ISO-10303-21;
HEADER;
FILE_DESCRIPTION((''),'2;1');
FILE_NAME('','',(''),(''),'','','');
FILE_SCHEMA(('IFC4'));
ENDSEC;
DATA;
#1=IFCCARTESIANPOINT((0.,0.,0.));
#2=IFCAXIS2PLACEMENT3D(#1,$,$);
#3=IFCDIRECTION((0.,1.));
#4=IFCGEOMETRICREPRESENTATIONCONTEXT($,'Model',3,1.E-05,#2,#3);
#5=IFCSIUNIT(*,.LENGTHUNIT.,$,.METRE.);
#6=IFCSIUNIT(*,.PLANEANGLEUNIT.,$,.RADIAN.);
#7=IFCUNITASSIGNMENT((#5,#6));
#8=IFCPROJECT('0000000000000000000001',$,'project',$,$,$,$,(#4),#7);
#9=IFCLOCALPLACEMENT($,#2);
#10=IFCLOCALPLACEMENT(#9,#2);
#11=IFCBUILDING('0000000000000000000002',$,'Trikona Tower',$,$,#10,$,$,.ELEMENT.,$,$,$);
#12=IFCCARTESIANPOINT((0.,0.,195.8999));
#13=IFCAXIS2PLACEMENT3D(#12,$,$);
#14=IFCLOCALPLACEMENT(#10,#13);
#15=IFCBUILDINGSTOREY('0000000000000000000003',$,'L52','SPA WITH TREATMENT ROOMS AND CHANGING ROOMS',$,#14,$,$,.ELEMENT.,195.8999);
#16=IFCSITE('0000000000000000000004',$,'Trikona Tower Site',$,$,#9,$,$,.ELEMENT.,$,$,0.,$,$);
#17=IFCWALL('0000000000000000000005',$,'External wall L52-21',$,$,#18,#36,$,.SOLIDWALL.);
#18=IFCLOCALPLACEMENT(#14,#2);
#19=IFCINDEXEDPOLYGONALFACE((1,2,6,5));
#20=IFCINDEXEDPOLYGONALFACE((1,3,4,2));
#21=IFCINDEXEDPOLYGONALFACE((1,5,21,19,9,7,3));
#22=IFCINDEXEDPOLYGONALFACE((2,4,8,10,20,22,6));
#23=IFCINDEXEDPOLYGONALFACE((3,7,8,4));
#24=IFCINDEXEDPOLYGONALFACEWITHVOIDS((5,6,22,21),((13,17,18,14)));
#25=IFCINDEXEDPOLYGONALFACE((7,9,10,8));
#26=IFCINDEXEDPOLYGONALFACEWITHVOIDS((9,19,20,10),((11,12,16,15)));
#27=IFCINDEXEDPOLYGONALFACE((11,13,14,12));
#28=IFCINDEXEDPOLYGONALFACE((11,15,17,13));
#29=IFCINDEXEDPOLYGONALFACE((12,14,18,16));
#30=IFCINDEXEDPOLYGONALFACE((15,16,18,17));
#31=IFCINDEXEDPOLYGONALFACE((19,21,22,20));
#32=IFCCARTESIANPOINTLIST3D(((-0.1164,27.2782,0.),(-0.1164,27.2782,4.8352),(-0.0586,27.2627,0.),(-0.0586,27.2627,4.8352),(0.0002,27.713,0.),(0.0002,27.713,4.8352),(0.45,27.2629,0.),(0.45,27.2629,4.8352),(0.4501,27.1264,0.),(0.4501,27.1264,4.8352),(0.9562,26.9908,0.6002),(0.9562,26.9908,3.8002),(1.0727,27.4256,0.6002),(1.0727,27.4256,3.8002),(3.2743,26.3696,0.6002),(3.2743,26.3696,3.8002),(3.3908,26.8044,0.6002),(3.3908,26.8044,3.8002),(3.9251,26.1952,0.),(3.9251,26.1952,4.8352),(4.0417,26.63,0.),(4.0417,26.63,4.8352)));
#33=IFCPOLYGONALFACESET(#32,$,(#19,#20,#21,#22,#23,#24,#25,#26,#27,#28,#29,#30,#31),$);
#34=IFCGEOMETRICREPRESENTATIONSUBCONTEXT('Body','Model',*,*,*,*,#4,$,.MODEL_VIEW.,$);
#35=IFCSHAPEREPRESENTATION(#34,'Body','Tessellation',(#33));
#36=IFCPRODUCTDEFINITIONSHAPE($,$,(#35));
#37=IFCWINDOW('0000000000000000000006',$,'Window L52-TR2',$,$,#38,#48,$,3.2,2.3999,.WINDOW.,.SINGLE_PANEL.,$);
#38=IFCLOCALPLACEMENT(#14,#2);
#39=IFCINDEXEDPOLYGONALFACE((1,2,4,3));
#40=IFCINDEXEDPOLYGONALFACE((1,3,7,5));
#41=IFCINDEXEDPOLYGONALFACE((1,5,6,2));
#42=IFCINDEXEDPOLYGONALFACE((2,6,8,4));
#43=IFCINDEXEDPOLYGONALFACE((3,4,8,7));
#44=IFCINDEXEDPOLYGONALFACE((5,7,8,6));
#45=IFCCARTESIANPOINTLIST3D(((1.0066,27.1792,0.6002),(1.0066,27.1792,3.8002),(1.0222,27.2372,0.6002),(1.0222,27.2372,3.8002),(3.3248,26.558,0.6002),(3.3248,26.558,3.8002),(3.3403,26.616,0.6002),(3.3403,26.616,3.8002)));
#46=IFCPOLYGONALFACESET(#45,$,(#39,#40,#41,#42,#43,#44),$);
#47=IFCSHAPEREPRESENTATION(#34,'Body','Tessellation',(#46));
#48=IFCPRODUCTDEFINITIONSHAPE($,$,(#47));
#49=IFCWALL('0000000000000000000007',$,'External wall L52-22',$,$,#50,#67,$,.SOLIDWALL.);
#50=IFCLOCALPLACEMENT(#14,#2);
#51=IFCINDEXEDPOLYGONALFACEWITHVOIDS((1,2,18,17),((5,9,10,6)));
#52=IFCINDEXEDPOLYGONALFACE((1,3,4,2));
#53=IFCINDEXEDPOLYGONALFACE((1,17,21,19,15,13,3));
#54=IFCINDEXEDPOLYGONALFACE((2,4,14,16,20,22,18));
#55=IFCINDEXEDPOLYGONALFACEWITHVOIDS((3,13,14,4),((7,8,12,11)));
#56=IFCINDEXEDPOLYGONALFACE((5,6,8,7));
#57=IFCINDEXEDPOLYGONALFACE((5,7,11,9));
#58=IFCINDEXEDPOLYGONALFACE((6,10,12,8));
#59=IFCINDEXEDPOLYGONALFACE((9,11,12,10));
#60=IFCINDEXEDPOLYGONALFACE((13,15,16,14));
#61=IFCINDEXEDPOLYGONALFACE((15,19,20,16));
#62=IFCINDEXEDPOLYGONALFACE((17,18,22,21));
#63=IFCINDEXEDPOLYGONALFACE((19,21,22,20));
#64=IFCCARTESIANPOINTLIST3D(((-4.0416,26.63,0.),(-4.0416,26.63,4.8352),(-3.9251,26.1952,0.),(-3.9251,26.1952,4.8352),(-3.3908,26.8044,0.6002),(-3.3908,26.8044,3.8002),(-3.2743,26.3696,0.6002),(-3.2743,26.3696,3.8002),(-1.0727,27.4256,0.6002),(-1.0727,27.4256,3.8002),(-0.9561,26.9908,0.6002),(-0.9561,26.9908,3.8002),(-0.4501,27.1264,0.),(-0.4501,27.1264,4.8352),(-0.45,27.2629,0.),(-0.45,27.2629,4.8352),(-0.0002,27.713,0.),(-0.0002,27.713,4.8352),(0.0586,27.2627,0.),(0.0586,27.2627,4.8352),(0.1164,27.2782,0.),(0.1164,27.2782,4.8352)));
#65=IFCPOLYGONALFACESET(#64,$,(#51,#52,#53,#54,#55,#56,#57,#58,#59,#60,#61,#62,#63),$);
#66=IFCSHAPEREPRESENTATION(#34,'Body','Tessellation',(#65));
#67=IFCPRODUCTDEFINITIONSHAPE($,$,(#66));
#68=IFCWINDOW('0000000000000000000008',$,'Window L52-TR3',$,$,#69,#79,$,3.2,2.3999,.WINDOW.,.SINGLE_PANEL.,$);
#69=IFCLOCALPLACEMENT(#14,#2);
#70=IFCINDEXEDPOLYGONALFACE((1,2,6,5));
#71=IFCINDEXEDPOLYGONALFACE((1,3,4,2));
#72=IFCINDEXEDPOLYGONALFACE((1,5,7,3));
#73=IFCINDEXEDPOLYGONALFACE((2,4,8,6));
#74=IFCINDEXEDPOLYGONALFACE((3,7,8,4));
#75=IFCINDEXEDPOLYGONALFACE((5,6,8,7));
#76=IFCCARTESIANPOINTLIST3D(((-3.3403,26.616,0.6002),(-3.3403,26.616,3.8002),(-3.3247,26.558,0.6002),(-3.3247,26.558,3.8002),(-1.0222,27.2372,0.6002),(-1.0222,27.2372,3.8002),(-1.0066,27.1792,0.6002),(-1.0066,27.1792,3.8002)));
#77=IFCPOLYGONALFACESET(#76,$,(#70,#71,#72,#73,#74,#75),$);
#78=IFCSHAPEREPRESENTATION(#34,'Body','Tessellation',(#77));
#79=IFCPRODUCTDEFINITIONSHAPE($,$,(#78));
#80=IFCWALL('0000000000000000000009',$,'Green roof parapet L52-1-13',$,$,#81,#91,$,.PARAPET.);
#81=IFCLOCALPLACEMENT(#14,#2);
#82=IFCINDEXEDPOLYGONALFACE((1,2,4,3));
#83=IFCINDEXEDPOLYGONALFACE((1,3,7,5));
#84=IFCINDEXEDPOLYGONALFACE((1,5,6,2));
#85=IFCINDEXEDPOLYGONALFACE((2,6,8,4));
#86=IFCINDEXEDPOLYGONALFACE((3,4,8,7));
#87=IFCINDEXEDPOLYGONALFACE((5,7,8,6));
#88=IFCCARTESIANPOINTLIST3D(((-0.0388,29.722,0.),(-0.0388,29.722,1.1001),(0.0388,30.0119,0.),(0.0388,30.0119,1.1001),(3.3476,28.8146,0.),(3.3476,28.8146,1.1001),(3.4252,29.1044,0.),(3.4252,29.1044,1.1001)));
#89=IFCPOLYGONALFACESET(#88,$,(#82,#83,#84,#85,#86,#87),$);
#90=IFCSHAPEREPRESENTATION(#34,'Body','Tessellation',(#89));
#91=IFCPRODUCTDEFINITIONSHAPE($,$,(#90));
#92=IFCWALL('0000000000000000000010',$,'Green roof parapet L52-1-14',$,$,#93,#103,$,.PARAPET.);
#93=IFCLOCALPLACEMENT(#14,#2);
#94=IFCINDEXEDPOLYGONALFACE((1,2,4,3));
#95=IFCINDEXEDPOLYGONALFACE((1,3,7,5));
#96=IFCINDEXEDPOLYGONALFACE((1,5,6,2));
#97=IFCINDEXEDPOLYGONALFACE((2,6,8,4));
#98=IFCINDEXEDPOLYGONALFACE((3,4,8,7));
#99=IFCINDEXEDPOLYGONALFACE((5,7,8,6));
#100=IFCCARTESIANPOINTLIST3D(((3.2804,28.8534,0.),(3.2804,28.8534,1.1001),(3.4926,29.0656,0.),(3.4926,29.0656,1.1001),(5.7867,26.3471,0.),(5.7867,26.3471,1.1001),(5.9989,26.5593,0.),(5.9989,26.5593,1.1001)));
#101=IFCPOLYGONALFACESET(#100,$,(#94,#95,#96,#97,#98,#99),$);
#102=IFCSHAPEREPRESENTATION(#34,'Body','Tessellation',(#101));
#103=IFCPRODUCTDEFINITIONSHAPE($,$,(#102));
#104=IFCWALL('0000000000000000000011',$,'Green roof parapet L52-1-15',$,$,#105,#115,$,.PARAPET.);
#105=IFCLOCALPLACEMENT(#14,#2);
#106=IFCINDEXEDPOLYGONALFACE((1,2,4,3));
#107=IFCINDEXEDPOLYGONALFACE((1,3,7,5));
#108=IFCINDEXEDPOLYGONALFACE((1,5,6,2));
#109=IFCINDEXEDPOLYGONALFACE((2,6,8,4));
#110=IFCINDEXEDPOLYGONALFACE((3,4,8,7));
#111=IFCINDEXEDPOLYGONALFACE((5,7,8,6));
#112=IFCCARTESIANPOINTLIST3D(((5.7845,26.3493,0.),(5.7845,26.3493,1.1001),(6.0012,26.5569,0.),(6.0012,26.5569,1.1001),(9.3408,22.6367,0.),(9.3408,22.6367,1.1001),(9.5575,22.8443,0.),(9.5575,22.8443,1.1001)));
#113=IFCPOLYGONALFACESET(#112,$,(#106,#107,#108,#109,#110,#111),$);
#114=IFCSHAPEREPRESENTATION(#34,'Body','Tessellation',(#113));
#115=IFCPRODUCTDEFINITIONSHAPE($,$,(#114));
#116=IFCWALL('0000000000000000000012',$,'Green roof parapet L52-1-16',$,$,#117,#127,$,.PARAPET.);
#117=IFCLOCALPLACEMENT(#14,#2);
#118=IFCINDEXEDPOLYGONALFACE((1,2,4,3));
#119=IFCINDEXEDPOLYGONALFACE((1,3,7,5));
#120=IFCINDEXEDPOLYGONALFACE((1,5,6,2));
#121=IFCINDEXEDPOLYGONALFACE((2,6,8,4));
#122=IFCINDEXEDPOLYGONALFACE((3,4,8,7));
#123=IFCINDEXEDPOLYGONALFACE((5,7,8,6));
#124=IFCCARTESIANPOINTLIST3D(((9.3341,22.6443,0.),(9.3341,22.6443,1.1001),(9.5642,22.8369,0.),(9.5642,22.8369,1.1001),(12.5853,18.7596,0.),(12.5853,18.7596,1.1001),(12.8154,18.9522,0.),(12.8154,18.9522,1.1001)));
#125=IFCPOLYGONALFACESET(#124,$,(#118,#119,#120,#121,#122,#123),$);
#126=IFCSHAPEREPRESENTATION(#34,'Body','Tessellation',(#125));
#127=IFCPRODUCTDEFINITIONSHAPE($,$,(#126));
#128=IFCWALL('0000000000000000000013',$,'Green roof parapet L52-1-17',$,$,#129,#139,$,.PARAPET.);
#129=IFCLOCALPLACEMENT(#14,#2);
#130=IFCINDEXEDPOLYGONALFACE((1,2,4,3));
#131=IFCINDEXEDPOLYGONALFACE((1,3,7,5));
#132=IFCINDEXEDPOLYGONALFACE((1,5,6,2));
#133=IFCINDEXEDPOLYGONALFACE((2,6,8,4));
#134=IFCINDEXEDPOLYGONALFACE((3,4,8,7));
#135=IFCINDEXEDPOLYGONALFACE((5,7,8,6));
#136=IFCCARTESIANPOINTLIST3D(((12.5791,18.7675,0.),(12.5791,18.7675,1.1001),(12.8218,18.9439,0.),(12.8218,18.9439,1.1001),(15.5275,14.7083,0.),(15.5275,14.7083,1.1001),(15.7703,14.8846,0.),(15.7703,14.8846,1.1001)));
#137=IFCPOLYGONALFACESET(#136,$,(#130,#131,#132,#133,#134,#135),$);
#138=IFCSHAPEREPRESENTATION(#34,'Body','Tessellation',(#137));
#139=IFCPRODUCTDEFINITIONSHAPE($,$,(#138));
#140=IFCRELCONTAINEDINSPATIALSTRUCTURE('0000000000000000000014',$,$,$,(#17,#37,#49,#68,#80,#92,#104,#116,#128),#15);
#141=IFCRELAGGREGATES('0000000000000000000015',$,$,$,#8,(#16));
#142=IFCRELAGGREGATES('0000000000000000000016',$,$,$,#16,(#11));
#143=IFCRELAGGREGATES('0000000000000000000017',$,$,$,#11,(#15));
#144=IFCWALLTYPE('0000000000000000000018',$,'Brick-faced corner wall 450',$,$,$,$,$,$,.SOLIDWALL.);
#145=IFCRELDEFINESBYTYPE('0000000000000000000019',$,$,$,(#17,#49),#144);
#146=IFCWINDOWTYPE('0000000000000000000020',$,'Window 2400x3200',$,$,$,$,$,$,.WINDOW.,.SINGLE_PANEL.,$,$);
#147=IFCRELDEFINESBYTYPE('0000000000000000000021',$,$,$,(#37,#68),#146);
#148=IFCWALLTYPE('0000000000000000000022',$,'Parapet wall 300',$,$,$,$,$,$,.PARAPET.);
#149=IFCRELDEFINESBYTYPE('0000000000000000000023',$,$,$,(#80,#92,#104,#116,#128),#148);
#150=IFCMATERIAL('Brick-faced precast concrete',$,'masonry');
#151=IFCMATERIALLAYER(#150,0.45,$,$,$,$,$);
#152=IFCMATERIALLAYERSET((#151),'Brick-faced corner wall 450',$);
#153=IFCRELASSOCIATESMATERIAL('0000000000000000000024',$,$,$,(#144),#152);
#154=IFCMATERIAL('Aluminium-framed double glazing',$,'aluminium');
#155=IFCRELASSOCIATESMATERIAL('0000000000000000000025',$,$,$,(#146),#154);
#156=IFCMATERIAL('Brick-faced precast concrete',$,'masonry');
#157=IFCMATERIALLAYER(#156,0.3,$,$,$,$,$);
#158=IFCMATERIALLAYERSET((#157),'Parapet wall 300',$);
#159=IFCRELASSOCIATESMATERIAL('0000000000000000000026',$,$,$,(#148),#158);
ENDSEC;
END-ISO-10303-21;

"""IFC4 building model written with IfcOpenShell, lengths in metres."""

from ifc_helpers import new_model, si_unit, direction, frame, frame_2d, origin, place, context, subcontext, project, spatial, polyline, rectangle, outline, extrude, material, layer, layer_set, type_object, element, fill, save


model = new_model("IFC4")

# Units and contexts
model_context = context("Model", 3, precision=1e-05, world=origin(), true_north=direction((0.0, 1.0)))
body_context = subcontext(model_context, "Body", "Model", "MODEL_VIEW")
ifc_project = project(units=[si_unit("LENGTHUNIT", "METRE"), si_unit("PLANEANGLEUNIT", "RADIAN")], contexts=[model_context])

# Site, building, storey
site_placement = place(None, origin())
site = spatial("IfcSite", under=ifc_project, at=site_placement, Name="Trikona Tower Site", CompositionType="ELEMENT", RefElevation=0.0)
building_placement = place(site_placement, origin())
building = spatial("IfcBuilding", under=site, at=building_placement, Name="Trikona Tower", CompositionType="ELEMENT")
storey_placement = place(building_placement, frame((0.0, 0.0, 195.8999)))
storey = spatial("IfcBuildingStorey", under=building, at=storey_placement, Name="L52", Description="SPA WITH TREATMENT ROOMS AND CHANGING ROOMS", CompositionType="ELEMENT", Elevation=195.8999)

# Walls, openings, windows
ifc_material_1 = material(Name="Brick-faced precast concrete", Category="masonry")
ifc_layer_1 = layer(ifc_material_1, 0.45)
ifc_layer_set_1 = layer_set([ifc_layer_1], Name="Brick-faced corner wall 450")
wall_type_1 = type_object("IfcWallType", Name="Brick-faced corner wall 450", PredefinedType="SOLIDWALL", material=ifc_layer_set_1)
wall_1_placement = place(storey_placement, frame((3.9834, 26.4126, 0.0), z_axis=(0.0, 0.0, 1.0), x_axis=(-0.96592, 0.258839, 0.0)))
wall_1 = element("IfcWall", 1, at=wall_1_placement, inside=storey, type_object=wall_type_1, Name="External wall L52-21", PredefinedType="SOLIDWALL", context=body_context, shape_type="SweptSolid", body=[
    extrude(outline(polyline([(4.1841, 0.2251), (4.1243, 0.2251), (3.6331, 0.0933), (3.5977, 0.2251), (0.0, 0.2251), (0.0, -0.2251), (4.1841, -0.2251), (4.1841, 0.2251)])), origin(), (0.0, 0.0, 1.0), 4.8352),
])
opening_1_placement = place(wall_1_placement, frame((0.6738, 0.0, 0.6001)))
opening_1 = element("IfcOpeningElement", 2, at=opening_1_placement, cuts=wall_1, PredefinedType="OPENING", context=body_context, shape_type="SweptSolid", body=[
    extrude(rectangle(XDim=2.3999, YDim=3.2, at=frame_2d((1.2, 1.6001))), frame((0.0, 0.2349, 0.0), z_axis=(0.0, -1.0, 0.0), x_axis=(1.0, 0.0, 0.0)), (0.0, 0.0, 1.0), 0.47),
])
ifc_material_2 = material(Name="Aluminium-framed double glazing", Category="aluminium")
window_type_1 = type_object("IfcWindowType", Name="Window 2400x3200", PartitioningType="SINGLE_PANEL", PredefinedType="WINDOW", material=ifc_material_2)
window_1_placement = place(opening_1_placement, origin())
window_1 = element("IfcWindow", 3, at=window_1_placement, inside=storey, type_object=window_type_1, Name="Window L52-TR2", OverallHeight=3.2, OverallWidth=2.3999, PartitioningType="SINGLE_PANEL", PredefinedType="WINDOW", context=body_context, shape_type="SweptSolid", body=[
    extrude(rectangle(XDim=2.3999, YDim=3.2, at=frame_2d((1.2, 1.6001))), frame((0.0, 0.03, 0.0), z_axis=(0.0, -1.0, 0.0), x_axis=(1.0, 0.0, 0.0)), (0.0, 0.0, 1.0), 0.0601),
])
fill(opening_1, window_1)
wall_2_placement = place(storey_placement, frame((0.0581, 27.4956, 0.0), z_axis=(0.0, 0.0, 1.0), x_axis=(-0.96592, -0.258839, 0.0)))
wall_2 = element("IfcWall", 4, at=wall_2_placement, inside=storey, type_object=wall_type_1, Name="External wall L52-22", PredefinedType="SOLIDWALL", context=body_context, shape_type="SweptSolid", body=[
    extrude(outline(polyline([(4.1841, 0.2251), (0.5864, 0.2251), (0.551, 0.0933), (0.0598, 0.2251), (0.0, 0.2251), (0.0, -0.2251), (4.1841, -0.2251), (4.1841, 0.2251)])), origin(), (0.0, 0.0, 1.0), 4.8352),
])
opening_2_placement = place(wall_2_placement, frame((1.1104, 0.0, 0.6001)))
opening_2 = element("IfcOpeningElement", 5, at=opening_2_placement, cuts=wall_2, PredefinedType="OPENING", context=body_context, shape_type="SweptSolid", body=[
    extrude(rectangle(XDim=2.3999, YDim=3.2, at=frame_2d((1.2, 1.6001))), frame((0.0, 0.2349, 0.0), z_axis=(0.0, -1.0, 0.0), x_axis=(1.0, 0.0, 0.0)), (0.0, 0.0, 1.0), 0.47),
])
window_2_placement = place(opening_2_placement, origin())
window_2 = element("IfcWindow", 6, at=window_2_placement, inside=storey, type_object=window_type_1, Name="Window L52-TR3", OverallHeight=3.2, OverallWidth=2.3999, PartitioningType="SINGLE_PANEL", PredefinedType="WINDOW", context=body_context, shape_type="SweptSolid", body=[
    extrude(rectangle(XDim=2.3999, YDim=3.2, at=frame_2d((1.2, 1.6001))), frame((0.0, 0.03, 0.0), z_axis=(0.0, -1.0, 0.0), x_axis=(1.0, 0.0, 0.0)), (0.0, 0.0, 1.0), 0.0601),
])
fill(opening_2, window_2)

# Walls
ifc_material_3 = material(Name="Brick-faced precast concrete", Category="masonry")
ifc_layer_2 = layer(ifc_material_3, 0.3)
ifc_layer_set_2 = layer_set([ifc_layer_2], Name="Parapet wall 300")
wall_type_2 = type_object("IfcWallType", Name="Parapet wall 300", PredefinedType="PARAPET", material=ifc_layer_set_2)
wall_3_placement = place(storey_placement, frame((0.0, 29.8669, 0.0), z_axis=(0.0, 0.0, 1.0), x_axis=(0.965921, -0.258837, 0.0)))
element("IfcWall", 7, at=wall_3_placement, inside=storey, type_object=wall_type_2, Name="Green roof parapet L52-1-13", PredefinedType="PARAPET", context=body_context, shape_type="SweptSolid", body=[
    extrude(rectangle(XDim=3.5059, YDim=0.3, at=frame_2d((1.7529, 0.0))), origin(), (0.0, 0.0, 1.0), 1.1001),
])
wall_4_placement = place(storey_placement, frame((3.3865, 28.9595, 0.0), z_axis=(0.0, 0.0, 1.0), x_axis=(0.707107, -0.707107, 0.0)))
element("IfcWall", 8, at=wall_4_placement, inside=storey, type_object=wall_type_2, Name="Green roof parapet L52-1-14", PredefinedType="PARAPET", context=body_context, shape_type="SweptSolid", body=[
    extrude(rectangle(XDim=3.5444, YDim=0.3, at=frame_2d((1.7722, 0.0))), origin(), (0.0, 0.0, 1.0), 1.1001),
])
wall_5_placement = place(storey_placement, frame((5.8928, 26.4531, 0.0), z_axis=(0.0, 0.0, 1.0), x_axis=(0.691748, -0.722139, 0.0)))
element("IfcWall", 9, at=wall_5_placement, inside=storey, type_object=wall_type_2, Name="Green roof parapet L52-1-15", PredefinedType="PARAPET", context=body_context, shape_type="SweptSolid", body=[
    extrude(rectangle(XDim=5.1411, YDim=0.3, at=frame_2d((2.5706, 0.0))), origin(), (0.0, 0.0, 1.0), 1.1001),
])
wall_6_placement = place(storey_placement, frame((9.4492, 22.7405, 0.0), z_axis=(0.0, 0.0, 1.0), x_axis=(0.641804, -0.766869, 0.0)))
element("IfcWall", 10, at=wall_6_placement, inside=storey, type_object=wall_type_2, Name="Green roof parapet L52-1-16", PredefinedType="PARAPET", context=body_context, shape_type="SweptSolid", body=[
    extrude(rectangle(XDim=5.0657, YDim=0.3, at=frame_2d((2.5327, 0.0))), origin(), (0.0, 0.0, 1.0), 1.1001),
])
wall_7_placement = place(storey_placement, frame((12.7004, 18.8557, 0.0), z_axis=(0.0, 0.0, 1.0), x_axis=(0.587683, -0.809092, 0.0)))
element("IfcWall", 11, at=wall_7_placement, inside=storey, type_object=wall_type_2, Name="Green roof parapet L52-1-17", PredefinedType="PARAPET", context=body_context, shape_type="SweptSolid", body=[
    extrude(rectangle(XDim=5.0171, YDim=0.3, at=frame_2d((2.5085, 0.0))), origin(), (0.0, 0.0, 1.0), 1.1001),
])

save(model, "model.ifc")
